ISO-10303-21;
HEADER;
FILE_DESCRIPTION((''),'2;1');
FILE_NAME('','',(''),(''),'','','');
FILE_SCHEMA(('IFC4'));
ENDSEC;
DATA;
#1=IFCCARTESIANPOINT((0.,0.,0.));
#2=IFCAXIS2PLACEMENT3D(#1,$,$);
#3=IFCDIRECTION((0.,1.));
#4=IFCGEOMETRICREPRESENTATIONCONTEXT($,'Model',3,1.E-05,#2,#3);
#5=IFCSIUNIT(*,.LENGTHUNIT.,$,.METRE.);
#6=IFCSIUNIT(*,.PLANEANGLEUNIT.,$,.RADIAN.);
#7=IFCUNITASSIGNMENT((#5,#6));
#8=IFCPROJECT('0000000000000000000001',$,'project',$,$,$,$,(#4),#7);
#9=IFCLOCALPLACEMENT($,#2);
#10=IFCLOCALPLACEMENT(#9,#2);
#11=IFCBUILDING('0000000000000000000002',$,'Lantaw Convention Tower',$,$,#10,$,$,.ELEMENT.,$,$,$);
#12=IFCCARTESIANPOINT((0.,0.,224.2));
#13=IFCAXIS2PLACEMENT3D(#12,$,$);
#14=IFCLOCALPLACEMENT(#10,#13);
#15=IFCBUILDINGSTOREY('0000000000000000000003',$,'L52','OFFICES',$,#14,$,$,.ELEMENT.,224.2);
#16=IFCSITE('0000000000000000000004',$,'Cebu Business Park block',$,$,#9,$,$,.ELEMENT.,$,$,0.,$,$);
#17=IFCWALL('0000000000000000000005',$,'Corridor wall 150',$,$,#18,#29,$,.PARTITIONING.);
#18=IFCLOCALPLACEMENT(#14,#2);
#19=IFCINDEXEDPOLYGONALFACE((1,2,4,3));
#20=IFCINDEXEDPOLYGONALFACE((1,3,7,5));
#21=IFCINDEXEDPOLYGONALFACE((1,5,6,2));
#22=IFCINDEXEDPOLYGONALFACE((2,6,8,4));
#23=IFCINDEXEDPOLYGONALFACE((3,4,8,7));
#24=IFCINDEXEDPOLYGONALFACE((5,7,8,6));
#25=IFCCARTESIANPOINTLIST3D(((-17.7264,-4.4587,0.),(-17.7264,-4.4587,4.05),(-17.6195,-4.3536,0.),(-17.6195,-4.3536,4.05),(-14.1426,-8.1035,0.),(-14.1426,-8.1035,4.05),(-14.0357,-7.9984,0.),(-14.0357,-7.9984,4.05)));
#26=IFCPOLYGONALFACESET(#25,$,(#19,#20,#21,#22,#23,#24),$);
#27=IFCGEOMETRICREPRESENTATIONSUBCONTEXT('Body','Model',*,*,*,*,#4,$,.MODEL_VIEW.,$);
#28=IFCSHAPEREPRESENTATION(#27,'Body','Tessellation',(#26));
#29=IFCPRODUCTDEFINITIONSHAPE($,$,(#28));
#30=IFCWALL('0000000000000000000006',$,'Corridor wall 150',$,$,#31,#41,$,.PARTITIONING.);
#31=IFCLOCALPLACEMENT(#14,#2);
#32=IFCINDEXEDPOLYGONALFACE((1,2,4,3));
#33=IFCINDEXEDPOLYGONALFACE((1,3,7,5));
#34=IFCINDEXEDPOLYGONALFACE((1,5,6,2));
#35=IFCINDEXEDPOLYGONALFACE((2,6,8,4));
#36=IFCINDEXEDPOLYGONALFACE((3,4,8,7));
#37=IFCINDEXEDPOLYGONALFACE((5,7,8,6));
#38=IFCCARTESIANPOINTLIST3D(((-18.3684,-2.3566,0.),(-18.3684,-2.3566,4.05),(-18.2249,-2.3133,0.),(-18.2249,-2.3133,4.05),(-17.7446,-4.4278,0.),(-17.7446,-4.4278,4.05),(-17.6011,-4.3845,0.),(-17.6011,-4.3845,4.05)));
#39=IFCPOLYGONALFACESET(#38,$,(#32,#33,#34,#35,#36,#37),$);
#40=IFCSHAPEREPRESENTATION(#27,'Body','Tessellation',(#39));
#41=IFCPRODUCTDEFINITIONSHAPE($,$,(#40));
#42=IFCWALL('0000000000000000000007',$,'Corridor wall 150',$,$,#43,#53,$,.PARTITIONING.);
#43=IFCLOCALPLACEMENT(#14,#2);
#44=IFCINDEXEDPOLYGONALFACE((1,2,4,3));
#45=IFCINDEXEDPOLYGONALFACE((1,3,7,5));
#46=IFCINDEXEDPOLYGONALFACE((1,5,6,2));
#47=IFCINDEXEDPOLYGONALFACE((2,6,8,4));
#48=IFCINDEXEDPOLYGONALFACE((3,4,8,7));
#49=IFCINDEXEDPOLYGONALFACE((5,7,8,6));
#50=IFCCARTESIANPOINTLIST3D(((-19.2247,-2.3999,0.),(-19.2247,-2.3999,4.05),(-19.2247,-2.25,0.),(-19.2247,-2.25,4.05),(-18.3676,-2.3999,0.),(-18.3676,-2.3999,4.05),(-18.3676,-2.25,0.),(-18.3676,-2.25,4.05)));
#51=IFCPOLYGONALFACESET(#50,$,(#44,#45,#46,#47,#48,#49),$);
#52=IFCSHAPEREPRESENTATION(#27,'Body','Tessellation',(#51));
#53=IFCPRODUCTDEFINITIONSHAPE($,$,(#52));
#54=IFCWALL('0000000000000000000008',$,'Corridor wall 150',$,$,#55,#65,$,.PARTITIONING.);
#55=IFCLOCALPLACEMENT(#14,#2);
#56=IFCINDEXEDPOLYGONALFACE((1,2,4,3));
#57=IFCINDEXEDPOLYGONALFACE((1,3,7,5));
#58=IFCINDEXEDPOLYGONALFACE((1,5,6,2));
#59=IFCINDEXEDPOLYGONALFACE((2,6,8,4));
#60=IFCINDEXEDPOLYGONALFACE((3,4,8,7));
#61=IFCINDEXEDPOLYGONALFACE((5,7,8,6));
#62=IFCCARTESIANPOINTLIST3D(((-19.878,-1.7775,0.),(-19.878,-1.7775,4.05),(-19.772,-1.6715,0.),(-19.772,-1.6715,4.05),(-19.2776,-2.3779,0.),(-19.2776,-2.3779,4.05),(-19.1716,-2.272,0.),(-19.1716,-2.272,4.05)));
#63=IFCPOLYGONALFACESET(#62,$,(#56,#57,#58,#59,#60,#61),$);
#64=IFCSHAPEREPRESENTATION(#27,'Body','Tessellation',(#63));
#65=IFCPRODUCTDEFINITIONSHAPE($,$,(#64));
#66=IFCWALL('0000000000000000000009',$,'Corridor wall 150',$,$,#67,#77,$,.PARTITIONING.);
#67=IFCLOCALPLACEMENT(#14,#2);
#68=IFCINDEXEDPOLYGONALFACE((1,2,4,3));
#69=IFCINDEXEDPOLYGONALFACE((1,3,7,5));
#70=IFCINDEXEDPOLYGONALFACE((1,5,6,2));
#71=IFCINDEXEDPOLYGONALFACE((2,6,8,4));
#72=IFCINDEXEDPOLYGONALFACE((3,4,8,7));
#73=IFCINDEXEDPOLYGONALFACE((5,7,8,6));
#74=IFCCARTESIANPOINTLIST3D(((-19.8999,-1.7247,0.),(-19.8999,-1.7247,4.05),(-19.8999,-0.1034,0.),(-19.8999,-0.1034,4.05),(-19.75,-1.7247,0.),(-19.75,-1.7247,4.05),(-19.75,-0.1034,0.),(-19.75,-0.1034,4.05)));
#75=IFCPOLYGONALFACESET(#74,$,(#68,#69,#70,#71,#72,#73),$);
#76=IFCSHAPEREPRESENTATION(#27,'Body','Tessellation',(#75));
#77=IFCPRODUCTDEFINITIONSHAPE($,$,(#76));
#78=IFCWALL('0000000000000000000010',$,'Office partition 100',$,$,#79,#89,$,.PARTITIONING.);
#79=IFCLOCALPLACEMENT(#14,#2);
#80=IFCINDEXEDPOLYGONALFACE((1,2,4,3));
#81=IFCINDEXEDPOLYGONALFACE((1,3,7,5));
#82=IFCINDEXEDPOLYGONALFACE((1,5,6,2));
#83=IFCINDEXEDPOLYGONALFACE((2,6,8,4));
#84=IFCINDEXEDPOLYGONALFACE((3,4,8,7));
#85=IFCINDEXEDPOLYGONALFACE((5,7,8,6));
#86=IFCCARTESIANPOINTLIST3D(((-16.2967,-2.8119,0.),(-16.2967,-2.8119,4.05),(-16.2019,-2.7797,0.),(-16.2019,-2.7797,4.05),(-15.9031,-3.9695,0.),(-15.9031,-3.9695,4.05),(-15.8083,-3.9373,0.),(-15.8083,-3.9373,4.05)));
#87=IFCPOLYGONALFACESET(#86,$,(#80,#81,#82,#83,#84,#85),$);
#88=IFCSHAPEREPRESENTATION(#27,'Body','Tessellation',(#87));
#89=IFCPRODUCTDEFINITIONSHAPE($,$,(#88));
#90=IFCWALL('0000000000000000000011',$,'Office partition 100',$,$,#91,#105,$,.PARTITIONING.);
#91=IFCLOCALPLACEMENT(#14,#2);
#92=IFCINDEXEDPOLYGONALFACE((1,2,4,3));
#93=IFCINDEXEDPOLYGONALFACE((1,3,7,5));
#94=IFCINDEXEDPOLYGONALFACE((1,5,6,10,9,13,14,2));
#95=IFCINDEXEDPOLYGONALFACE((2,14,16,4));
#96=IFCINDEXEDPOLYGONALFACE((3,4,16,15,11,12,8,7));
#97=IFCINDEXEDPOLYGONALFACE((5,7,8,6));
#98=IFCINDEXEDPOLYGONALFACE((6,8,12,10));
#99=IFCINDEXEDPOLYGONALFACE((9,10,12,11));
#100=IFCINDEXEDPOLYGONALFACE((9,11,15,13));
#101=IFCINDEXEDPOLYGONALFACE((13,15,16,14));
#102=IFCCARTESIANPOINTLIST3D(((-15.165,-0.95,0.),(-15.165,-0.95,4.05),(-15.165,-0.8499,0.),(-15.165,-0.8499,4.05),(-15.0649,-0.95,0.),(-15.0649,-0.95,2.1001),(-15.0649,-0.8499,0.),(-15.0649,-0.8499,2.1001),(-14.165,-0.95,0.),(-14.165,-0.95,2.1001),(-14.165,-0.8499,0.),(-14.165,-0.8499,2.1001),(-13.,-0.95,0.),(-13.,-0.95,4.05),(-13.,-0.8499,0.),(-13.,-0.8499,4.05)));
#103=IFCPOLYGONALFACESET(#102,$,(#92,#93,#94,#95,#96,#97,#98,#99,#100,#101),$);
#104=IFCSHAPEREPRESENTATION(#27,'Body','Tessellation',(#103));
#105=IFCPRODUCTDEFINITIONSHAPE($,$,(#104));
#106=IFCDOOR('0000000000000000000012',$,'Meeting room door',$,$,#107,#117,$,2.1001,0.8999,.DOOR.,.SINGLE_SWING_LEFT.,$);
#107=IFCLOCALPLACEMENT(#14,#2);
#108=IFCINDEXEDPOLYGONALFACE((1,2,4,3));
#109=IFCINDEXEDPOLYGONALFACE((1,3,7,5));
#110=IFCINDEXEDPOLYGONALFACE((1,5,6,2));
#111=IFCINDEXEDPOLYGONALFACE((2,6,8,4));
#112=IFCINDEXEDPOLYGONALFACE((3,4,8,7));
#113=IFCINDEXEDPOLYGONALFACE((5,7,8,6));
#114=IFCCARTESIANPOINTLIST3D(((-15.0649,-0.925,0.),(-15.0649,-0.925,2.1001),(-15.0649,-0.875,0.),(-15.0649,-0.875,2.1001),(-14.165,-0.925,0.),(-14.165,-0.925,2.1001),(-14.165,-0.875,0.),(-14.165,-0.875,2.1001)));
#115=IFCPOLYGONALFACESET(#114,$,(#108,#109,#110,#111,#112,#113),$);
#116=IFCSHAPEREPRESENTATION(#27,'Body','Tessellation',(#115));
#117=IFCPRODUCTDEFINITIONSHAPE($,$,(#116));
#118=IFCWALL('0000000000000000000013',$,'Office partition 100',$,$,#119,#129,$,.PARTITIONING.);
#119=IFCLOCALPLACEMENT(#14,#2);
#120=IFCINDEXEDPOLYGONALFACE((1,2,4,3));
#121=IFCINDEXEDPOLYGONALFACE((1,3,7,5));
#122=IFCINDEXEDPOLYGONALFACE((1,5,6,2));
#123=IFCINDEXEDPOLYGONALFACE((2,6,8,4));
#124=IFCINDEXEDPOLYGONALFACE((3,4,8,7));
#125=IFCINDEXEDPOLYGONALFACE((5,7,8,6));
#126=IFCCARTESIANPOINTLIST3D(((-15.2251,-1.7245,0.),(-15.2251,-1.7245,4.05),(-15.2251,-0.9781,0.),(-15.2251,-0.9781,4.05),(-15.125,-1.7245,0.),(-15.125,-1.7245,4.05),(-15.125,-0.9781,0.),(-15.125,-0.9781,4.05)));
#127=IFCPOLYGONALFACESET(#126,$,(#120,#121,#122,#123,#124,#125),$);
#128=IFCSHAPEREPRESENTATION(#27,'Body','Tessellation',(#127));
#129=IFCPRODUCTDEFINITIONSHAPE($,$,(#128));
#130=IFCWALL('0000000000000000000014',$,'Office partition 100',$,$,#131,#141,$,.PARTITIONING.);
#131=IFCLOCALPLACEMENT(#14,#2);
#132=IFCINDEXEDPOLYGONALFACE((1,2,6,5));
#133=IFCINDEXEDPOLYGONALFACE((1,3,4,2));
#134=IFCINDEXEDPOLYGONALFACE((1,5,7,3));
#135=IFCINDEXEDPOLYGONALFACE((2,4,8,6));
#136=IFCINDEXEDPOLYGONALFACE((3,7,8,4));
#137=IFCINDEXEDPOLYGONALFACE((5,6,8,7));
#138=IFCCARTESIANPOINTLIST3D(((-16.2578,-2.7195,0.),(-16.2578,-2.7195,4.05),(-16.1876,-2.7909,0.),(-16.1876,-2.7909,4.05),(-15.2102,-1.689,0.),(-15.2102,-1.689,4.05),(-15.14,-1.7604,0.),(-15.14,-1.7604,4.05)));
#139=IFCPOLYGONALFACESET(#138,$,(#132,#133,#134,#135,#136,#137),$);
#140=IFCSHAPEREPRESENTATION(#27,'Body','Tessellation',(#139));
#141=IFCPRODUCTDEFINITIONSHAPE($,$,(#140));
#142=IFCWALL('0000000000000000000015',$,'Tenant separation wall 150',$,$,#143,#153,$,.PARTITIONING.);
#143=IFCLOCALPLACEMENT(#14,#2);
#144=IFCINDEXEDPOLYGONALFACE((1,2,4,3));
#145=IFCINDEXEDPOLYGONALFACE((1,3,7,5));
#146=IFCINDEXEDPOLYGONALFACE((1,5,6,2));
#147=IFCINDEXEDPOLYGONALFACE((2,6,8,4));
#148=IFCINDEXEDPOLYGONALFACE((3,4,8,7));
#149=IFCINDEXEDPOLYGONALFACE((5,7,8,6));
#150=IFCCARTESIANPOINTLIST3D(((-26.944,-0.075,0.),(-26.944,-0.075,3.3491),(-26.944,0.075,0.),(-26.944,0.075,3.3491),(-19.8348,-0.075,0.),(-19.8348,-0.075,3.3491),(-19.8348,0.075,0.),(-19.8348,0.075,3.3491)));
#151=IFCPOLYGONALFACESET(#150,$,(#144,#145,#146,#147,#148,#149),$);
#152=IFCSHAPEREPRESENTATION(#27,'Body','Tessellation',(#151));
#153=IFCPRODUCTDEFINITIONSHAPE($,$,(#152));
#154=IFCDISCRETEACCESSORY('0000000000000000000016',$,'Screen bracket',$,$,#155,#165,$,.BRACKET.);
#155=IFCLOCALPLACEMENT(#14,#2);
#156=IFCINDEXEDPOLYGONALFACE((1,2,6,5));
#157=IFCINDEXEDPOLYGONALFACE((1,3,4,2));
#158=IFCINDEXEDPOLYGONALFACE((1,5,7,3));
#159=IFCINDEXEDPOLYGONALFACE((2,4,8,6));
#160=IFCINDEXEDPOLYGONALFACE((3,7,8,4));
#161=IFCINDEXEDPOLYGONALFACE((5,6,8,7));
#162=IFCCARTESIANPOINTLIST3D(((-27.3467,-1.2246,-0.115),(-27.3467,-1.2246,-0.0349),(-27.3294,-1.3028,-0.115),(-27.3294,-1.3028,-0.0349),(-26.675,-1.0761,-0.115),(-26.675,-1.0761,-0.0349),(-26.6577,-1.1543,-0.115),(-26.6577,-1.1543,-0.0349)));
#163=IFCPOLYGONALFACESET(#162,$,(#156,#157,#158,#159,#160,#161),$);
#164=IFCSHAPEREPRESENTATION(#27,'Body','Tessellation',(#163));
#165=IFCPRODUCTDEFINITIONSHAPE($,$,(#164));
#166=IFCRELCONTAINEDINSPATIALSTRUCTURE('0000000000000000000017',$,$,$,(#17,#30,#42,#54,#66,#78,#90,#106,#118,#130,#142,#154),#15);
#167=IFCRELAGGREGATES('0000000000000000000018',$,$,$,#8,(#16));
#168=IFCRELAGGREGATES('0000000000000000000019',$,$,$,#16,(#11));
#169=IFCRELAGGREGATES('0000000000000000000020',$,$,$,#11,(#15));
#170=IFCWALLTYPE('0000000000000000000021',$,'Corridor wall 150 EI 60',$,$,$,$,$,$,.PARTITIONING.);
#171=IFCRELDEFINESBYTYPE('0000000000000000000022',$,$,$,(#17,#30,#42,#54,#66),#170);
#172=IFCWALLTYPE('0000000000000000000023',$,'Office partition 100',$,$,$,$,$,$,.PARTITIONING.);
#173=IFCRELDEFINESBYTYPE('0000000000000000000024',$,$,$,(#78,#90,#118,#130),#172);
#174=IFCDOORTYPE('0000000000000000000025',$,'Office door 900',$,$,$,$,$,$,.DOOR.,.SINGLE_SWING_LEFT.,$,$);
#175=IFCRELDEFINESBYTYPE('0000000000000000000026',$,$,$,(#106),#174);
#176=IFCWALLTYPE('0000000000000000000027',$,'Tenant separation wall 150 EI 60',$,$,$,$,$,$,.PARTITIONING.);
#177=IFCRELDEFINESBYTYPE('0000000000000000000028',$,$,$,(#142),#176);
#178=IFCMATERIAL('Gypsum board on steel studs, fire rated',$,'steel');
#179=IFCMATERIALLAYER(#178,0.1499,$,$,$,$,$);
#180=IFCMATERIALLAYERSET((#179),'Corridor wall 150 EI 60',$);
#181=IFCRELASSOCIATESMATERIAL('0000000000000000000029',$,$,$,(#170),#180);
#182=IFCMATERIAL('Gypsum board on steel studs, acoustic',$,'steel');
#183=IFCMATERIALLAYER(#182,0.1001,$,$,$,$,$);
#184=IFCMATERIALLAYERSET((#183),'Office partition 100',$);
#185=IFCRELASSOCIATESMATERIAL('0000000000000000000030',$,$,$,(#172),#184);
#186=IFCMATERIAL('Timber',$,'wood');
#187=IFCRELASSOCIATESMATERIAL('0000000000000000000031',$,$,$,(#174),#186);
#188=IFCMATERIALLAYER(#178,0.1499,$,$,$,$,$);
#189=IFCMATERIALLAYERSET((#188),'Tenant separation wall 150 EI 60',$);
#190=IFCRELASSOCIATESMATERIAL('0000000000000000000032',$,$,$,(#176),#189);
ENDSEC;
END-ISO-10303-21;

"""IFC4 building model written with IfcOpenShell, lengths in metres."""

from ifc_helpers import new_model, si_unit, direction, frame, frame_2d, origin, origin_2d, place, context, subcontext, project, spatial, rectangle, extrude, material, layer, layer_set, type_object, element, fill, save


model = new_model("IFC4")

# Units and contexts
model_context = context("Model", 3, precision=1e-05, world=origin(), true_north=direction((0.0, 1.0)))
body_context = subcontext(model_context, "Body", "Model", "MODEL_VIEW")
ifc_project = project(units=[si_unit("LENGTHUNIT", "METRE"), si_unit("PLANEANGLEUNIT", "RADIAN")], contexts=[model_context])

# Site, building, storey
site_placement = place(None, origin())
site = spatial("IfcSite", under=ifc_project, at=site_placement, Name="Cebu Business Park block", CompositionType="ELEMENT", RefElevation=0.0)
building_placement = place(site_placement, origin())
building = spatial("IfcBuilding", under=site, at=building_placement, Name="Lantaw Convention Tower", CompositionType="ELEMENT")
storey_placement = place(building_placement, frame((0.0, 0.0, 224.2)))
storey = spatial("IfcBuildingStorey", under=building, at=storey_placement, Name="L52", Description="OFFICES", CompositionType="ELEMENT", Elevation=224.2)

# Walls
ifc_material_1 = material(Name="Gypsum board on steel studs, fire rated", Category="steel")
ifc_layer_1 = layer(ifc_material_1, 0.1499)
ifc_layer_set_1 = layer_set([ifc_layer_1], Name="Corridor wall 150 EI 60")
wall_type_1 = type_object("IfcWallType", Name="Corridor wall 150 EI 60", PredefinedType="PARTITIONING", material=ifc_layer_set_1)
wall_1_placement = place(storey_placement, frame((-17.6729, -4.4062, 0.0), z_axis=(0.0, 0.0, 1.0), x_axis=(0.701111, -0.713052, 0.0)))
element("IfcWall", 1, at=wall_1_placement, inside=storey, type_object=wall_type_1, Name="Corridor wall 150", PredefinedType="PARTITIONING", context=body_context, shape_type="SweptSolid", body=[
    extrude(rectangle(XDim=5.1116, YDim=0.1499, at=frame_2d((2.5557, 0.0))), origin(), (0.0, 0.0, 1.0), 4.05),
])
wall_2_placement = place(storey_placement, frame((-18.2966, -2.335, 0.0), z_axis=(0.0, 0.0, 1.0), x_axis=(0.288362, -0.957521, 0.0)))
element("IfcWall", 2, at=wall_2_placement, inside=storey, type_object=wall_type_1, Name="Corridor wall 150", PredefinedType="PARTITIONING", context=body_context, shape_type="SweptSolid", body=[
    extrude(rectangle(XDim=2.1631, YDim=0.1499, at=frame_2d((1.0815, 0.0))), origin(), (0.0, 0.0, 1.0), 4.05),
])
wall_3_placement = place(storey_placement, frame((-18.3674, -2.325, 0.0), z_axis=(0.0, 0.0, 1.0), x_axis=(-1.0, 0.0, 0.0)))
element("IfcWall", 3, at=wall_3_placement, inside=storey, type_object=wall_type_1, Name="Corridor wall 150", PredefinedType="PARTITIONING", context=body_context, shape_type="SweptSolid", body=[
    extrude(rectangle(XDim=0.8572, YDim=0.1499, at=frame_2d((0.4287, 0.0))), origin(), (0.0, 0.0, 1.0), 4.05),
])
wall_4_placement = place(storey_placement, frame((-19.2246, -2.325, 0.0), z_axis=(0.0, 0.0, 1.0), x_axis=(-0.707107, 0.707107, 0.0)))
element("IfcWall", 4, at=wall_4_placement, inside=storey, type_object=wall_type_1, Name="Corridor wall 150", PredefinedType="PARTITIONING", context=body_context, shape_type="SweptSolid", body=[
    extrude(rectangle(XDim=0.8491, YDim=0.1499, at=frame_2d((0.4246, 0.0))), origin(), (0.0, 0.0, 1.0), 4.05),
])
wall_5_placement = place(storey_placement, frame((-19.825, -1.7246, 0.0), z_axis=(0.0, 0.0, 1.0), x_axis=(0.0, 1.0, 0.0)))
element("IfcWall", 5, at=wall_5_placement, inside=storey, type_object=wall_type_1, Name="Corridor wall 150", PredefinedType="PARTITIONING", context=body_context, shape_type="SweptSolid", body=[
    extrude(rectangle(XDim=1.6213, YDim=0.1499, at=frame_2d((0.8105, 0.0))), origin(), (0.0, 0.0, 1.0), 4.05),
])
ifc_material_2 = material(Name="Gypsum board on steel studs, acoustic", Category="steel")
ifc_layer_2 = layer(ifc_material_2, 0.1001)
ifc_layer_set_2 = layer_set([ifc_layer_2], Name="Office partition 100")
wall_type_2 = type_object("IfcWallType", Name="Office partition 100", PredefinedType="PARTITIONING", material=ifc_layer_set_2)
wall_6_placement = place(storey_placement, frame((-15.8557, -3.9534, 0.0), z_axis=(0.0, 0.0, 1.0), x_axis=(-0.321913, 0.946769, 0.0)))
element("IfcWall", 6, at=wall_6_placement, inside=storey, type_object=wall_type_2, Name="Office partition 100", PredefinedType="PARTITIONING", context=body_context, shape_type="SweptSolid", body=[
    extrude(rectangle(XDim=1.2227, YDim=0.1001, at=frame_2d((0.6113, 0.0))), origin(), (0.0, 0.0, 1.0), 4.05),
])

# Wall, opening, door
wall_7_placement = place(storey_placement, frame((-15.165, -0.8999, 0.0), z_axis=(0.0, 0.0, 1.0), x_axis=(1.0, 0.0, 0.0)))
wall_7 = element("IfcWall", 7, at=wall_7_placement, inside=storey, type_object=wall_type_2, Name="Office partition 100", PredefinedType="PARTITIONING", context=body_context, shape_type="SweptSolid", body=[
    extrude(rectangle(XDim=2.165, YDim=0.1001, at=frame_2d((1.0825, 0.0))), origin(), (0.0, 0.0, 1.0), 4.05),
])
opening_placement = place(wall_7_placement, frame((0.1001, 0.0, 0.0)))
opening = element("IfcOpeningElement", 8, at=opening_placement, cuts=wall_7, PredefinedType="OPENING", context=body_context, shape_type="SweptSolid", body=[
    extrude(rectangle(XDim=0.8999, YDim=2.1001, at=frame_2d((0.45, 1.05))), frame((0.0, 0.0601, 0.0), z_axis=(0.0, -1.0, 0.0), x_axis=(1.0, 0.0, 0.0)), (0.0, 0.0, 1.0), 0.1201),
])
ifc_material_3 = material(Name="Timber", Category="wood")
door_type = type_object("IfcDoorType", Name="Office door 900", OperationType="SINGLE_SWING_LEFT", PredefinedType="DOOR", material=ifc_material_3)
door_placement = place(opening_placement, origin())
door = element("IfcDoor", 9, at=door_placement, inside=storey, type_object=door_type, Name="Meeting room door", OperationType="SINGLE_SWING_LEFT", OverallHeight=2.1001, OverallWidth=0.8999, PredefinedType="DOOR", context=body_context, shape_type="SweptSolid", body=[
    extrude(rectangle(XDim=0.8999, YDim=2.1001, at=frame_2d((0.45, 1.05))), frame((0.0, 0.0249, 0.0), z_axis=(0.0, -1.0, 0.0), x_axis=(1.0, 0.0, 0.0)), (0.0, 0.0, 1.0), 0.05),
])
fill(opening, door)

# Walls
wall_8_placement = place(storey_placement, frame((-15.175, -0.9783, 0.0), z_axis=(0.0, 0.0, 1.0), x_axis=(0.0, -1.0, 0.0)))
element("IfcWall", 10, at=wall_8_placement, inside=storey, type_object=wall_type_2, Name="Office partition 100", PredefinedType="PARTITIONING", context=body_context, shape_type="SweptSolid", body=[
    extrude(rectangle(XDim=0.7463, YDim=0.1001, at=frame_2d((0.373, 0.0))), origin(), (0.0, 0.0, 1.0), 4.05),
])
wall_9_placement = place(storey_placement, frame((-15.175, -1.7246, 0.0), z_axis=(0.0, 0.0, 1.0), x_axis=(-0.712898, -0.701268, 0.0)))
element("IfcWall", 11, at=wall_9_placement, inside=storey, type_object=wall_type_2, Name="Office partition 100", PredefinedType="PARTITIONING", context=body_context, shape_type="SweptSolid", body=[
    extrude(rectangle(XDim=1.4695, YDim=0.1001, at=frame_2d((0.7349, 0.0))), origin(), (0.0, 0.0, 1.0), 4.05),
])
ifc_layer_3 = layer(ifc_material_1, 0.1499)
ifc_layer_set_3 = layer_set([ifc_layer_3], Name="Tenant separation wall 150 EI 60")
wall_type_3 = type_object("IfcWallType", Name="Tenant separation wall 150 EI 60", PredefinedType="PARTITIONING", material=ifc_layer_set_3)
wall_10_placement = place(storey_placement, frame((-26.9441, 0.0, 0.0), z_axis=(0.0, 0.0, 1.0), x_axis=(1.0, 0.0, 0.0)))
element("IfcWall", 12, at=wall_10_placement, inside=storey, type_object=wall_type_3, Name="Tenant separation wall 150", PredefinedType="PARTITIONING", context=body_context, shape_type="SweptSolid", body=[
    extrude(rectangle(XDim=7.1091, YDim=0.1499, at=frame_2d((3.5547, 0.0))), origin(), (0.0, 0.0, 1.0), 3.3491),
])

# Discrete accessory
discrete_accessory_placement = place(storey_placement, frame((-27.0022, -1.1895, -0.115), z_axis=(0.0, 0.0, 1.0), x_axis=(0.215891, -0.976417, 0.0)))
element("IfcDiscreteAccessory", 13, at=discrete_accessory_placement, inside=storey, Name="Screen bracket", PredefinedType="BRACKET", context=body_context, shape_type="SweptSolid", body=[
    extrude(rectangle(XDim=0.0801, YDim=0.688, at=origin_2d()), origin(), (0.0, 0.0, 1.0), 0.0801),
])

save(model, "model.ifc")
